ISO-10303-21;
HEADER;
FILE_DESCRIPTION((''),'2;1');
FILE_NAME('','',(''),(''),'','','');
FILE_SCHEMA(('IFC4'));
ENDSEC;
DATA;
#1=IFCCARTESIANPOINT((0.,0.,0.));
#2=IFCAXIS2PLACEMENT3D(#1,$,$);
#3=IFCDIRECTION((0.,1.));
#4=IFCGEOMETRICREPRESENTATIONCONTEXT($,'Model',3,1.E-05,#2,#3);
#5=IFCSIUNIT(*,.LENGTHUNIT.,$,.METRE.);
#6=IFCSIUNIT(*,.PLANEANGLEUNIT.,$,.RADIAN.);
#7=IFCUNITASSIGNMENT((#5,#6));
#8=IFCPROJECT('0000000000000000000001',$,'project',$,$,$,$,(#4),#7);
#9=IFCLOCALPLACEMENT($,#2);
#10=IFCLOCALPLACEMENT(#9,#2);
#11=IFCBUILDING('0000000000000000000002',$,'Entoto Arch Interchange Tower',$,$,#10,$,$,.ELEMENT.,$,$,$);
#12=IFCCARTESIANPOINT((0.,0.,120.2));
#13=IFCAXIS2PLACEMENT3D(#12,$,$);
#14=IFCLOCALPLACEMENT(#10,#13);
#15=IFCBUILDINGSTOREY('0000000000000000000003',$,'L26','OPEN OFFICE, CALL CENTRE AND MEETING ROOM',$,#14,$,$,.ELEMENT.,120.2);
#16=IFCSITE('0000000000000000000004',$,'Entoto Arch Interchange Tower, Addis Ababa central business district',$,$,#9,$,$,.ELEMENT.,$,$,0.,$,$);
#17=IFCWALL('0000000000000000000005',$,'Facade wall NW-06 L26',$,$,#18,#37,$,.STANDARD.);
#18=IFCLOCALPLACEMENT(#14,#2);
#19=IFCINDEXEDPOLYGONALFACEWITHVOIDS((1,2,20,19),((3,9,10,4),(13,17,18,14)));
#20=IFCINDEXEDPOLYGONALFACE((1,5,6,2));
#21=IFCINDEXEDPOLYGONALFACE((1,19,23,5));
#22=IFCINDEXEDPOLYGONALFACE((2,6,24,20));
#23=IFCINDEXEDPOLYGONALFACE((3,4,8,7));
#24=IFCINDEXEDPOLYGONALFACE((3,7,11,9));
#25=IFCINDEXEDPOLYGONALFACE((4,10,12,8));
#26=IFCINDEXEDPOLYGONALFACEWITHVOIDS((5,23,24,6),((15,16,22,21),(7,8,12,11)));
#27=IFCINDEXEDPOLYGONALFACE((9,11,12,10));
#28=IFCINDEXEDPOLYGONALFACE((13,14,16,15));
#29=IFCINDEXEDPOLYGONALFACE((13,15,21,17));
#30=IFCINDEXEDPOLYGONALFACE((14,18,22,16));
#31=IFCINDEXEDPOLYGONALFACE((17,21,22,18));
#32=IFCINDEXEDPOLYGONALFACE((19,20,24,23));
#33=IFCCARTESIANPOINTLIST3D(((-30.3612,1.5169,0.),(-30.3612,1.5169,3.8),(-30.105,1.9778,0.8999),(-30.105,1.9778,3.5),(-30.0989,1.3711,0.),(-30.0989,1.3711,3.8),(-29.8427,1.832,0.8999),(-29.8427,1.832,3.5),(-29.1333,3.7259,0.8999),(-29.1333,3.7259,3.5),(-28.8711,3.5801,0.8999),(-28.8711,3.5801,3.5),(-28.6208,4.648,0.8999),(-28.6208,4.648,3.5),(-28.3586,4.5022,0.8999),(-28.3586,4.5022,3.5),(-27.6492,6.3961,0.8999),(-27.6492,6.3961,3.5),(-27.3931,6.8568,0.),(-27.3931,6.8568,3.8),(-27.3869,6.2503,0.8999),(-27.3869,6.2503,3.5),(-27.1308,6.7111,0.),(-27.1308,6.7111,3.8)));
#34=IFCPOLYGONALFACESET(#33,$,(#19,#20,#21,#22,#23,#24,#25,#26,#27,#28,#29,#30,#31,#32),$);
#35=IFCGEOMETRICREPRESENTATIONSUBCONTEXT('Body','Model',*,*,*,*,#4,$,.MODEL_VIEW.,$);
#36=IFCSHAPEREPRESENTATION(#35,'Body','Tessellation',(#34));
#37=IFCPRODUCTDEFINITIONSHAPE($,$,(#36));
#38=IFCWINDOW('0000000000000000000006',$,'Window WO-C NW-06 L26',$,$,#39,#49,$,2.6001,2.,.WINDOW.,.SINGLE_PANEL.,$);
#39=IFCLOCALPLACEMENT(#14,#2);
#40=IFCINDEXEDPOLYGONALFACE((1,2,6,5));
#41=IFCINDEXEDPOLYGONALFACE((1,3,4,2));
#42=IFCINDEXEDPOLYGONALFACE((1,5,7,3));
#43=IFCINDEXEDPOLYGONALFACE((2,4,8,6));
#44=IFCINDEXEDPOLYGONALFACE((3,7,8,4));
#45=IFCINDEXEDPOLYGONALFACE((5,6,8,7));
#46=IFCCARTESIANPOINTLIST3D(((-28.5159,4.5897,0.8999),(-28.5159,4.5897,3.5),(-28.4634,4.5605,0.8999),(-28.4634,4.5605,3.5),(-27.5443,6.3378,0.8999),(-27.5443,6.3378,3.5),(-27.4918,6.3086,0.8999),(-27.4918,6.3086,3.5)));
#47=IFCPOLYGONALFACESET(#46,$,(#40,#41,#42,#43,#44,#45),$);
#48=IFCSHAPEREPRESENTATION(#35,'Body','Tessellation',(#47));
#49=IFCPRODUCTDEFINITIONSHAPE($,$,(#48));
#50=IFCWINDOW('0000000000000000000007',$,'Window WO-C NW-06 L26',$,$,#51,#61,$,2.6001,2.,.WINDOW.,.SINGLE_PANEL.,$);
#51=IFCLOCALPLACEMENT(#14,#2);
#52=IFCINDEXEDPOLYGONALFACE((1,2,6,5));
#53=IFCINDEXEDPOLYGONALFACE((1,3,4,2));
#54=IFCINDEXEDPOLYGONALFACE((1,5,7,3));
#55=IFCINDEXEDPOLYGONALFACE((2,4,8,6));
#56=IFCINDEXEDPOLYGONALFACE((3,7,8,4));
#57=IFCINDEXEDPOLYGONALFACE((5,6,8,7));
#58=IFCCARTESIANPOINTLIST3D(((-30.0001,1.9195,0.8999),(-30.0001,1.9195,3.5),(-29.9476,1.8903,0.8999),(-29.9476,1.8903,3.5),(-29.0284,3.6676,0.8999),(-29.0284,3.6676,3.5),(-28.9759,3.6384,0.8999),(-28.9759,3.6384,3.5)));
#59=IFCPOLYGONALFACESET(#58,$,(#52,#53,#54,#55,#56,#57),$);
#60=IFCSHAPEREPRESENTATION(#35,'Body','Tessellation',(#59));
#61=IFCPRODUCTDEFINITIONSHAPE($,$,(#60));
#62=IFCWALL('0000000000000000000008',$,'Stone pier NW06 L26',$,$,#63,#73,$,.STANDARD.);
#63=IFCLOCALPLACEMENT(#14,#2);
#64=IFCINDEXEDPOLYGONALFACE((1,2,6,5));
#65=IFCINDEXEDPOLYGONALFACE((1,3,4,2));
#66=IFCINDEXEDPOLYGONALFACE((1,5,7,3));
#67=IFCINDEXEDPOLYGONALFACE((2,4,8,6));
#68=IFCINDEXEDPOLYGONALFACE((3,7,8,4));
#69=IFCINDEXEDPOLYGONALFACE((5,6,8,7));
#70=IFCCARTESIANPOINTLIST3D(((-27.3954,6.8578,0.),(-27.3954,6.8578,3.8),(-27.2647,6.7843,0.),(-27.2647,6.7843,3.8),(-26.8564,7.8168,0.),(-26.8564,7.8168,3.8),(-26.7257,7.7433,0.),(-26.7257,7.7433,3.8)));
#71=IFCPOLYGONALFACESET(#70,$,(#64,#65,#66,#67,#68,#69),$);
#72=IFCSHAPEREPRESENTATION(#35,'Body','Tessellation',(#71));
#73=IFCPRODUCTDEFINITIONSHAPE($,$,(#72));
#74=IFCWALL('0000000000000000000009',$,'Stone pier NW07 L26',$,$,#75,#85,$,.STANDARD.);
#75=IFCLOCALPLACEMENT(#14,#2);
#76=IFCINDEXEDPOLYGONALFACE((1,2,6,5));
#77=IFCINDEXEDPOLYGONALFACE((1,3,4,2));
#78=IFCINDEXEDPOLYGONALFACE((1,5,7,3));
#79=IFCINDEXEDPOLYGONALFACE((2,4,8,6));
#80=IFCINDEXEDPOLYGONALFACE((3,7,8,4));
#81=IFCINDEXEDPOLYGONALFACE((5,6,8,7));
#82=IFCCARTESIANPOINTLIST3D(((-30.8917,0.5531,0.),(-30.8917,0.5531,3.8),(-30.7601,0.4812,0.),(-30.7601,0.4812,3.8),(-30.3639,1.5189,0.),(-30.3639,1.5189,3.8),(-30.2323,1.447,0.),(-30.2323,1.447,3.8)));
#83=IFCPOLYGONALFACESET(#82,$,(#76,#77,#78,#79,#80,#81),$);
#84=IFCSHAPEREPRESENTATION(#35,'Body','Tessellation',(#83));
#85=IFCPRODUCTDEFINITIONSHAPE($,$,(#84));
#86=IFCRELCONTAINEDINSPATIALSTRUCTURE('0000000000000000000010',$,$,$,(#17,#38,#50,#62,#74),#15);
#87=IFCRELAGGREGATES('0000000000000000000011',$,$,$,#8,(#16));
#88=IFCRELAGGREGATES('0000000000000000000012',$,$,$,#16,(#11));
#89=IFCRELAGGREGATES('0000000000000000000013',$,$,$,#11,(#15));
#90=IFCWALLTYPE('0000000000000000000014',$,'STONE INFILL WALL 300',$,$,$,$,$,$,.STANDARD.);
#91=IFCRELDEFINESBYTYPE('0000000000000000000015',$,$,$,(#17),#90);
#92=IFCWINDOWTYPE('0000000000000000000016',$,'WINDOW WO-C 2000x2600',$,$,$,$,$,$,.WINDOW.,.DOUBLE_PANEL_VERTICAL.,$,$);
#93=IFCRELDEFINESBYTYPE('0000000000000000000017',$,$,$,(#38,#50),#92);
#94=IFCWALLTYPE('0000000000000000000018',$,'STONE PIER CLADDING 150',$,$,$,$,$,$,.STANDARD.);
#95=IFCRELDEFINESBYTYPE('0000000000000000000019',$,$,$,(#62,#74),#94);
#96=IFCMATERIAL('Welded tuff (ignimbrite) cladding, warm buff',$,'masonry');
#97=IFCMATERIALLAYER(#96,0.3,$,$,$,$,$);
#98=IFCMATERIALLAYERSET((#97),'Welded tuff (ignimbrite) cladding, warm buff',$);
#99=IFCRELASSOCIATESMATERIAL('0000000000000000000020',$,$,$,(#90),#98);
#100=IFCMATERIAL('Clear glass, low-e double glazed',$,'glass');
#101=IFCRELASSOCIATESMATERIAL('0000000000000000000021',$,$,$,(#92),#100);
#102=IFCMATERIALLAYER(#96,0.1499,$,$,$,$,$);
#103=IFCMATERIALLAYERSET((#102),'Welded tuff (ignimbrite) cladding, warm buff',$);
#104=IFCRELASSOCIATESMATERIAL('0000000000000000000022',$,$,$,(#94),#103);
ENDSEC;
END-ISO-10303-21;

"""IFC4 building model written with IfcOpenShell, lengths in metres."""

from ifc_helpers import new_model, si_unit, direction, frame, frame_2d, origin, place, context, subcontext, project, spatial, rectangle, extrude, material, layer, layer_set, type_object, element, fill, save


model = new_model("IFC4")

# Units and contexts
model_context = context("Model", 3, precision=1e-05, world=origin(), true_north=direction((0.0, 1.0)))
body_context = subcontext(model_context, "Body", "Model", "MODEL_VIEW")
ifc_project = project(units=[si_unit("LENGTHUNIT", "METRE"), si_unit("PLANEANGLEUNIT", "RADIAN")], contexts=[model_context])

# Site, building, storey
site_placement = place(None, origin())
site = spatial("IfcSite", under=ifc_project, at=site_placement, Name="Entoto Arch Interchange Tower, Addis Ababa central business district", CompositionType="ELEMENT", RefElevation=0.0)
building_placement = place(site_placement, origin())
building = spatial("IfcBuilding", under=site, at=building_placement, Name="Entoto Arch Interchange Tower", CompositionType="ELEMENT")
storey_placement = place(building_placement, frame((0.0, 0.0, 120.2)))
storey = spatial("IfcBuildingStorey", under=building, at=storey_placement, Name="L26", Description="OPEN OFFICE, CALL CENTRE AND MEETING ROOM", CompositionType="ELEMENT", Elevation=120.2)

# Wall, openings, windows
ifc_material_1 = material(Name="Welded tuff (ignimbrite) cladding, warm buff", Category="masonry")
ifc_layer_1 = layer(ifc_material_1, 0.3)
ifc_layer_set_1 = layer_set([ifc_layer_1], Name="Welded tuff (ignimbrite) cladding, warm buff")
wall_type_1 = type_object("IfcWallType", Name="STONE INFILL WALL 300", PredefinedType="STANDARD", material=ifc_layer_set_1)
wall_1_placement = place(storey_placement, frame((-27.262, 6.7839, 0.0), z_axis=(0.0, 0.0, 1.0), x_axis=(-0.485823, -0.874057, 0.0)))
wall_1 = element("IfcWall", 1, at=wall_1_placement, inside=storey, type_object=wall_type_1, Name="Facade wall NW-06 L26", PredefinedType="STANDARD", context=body_context, shape_type="SweptSolid", body=[
    extrude(rectangle(XDim=6.1094, YDim=0.3, at=frame_2d((3.0547, 0.0))), origin(), (0.0, 0.0, 1.0), 3.8),
])
opening_1_placement = place(wall_1_placement, frame((0.5271, 0.0, 0.8999)))
opening_1 = element("IfcOpeningElement", 2, at=opening_1_placement, cuts=wall_1, PredefinedType="OPENING", context=body_context, shape_type="SweptSolid", body=[
    extrude(rectangle(XDim=2.0, YDim=2.6001, at=frame_2d((1.0, 1.3))), frame((0.0, 0.1602, 0.0), z_axis=(0.0, -1.0, 0.0), x_axis=(1.0, 0.0, 0.0)), (0.0, 0.0, 1.0), 0.3201),
])
opening_2_placement = place(wall_1_placement, frame((3.582, 0.0, 0.8999)))
opening_2 = element("IfcOpeningElement", 3, at=opening_2_placement, cuts=wall_1, PredefinedType="OPENING", context=body_context, shape_type="SweptSolid", body=[
    extrude(rectangle(XDim=2.0, YDim=2.6001, at=frame_2d((1.0, 1.3))), frame((0.0, 0.1602, 0.0), z_axis=(0.0, -1.0, 0.0), x_axis=(1.0, 0.0, 0.0)), (0.0, 0.0, 1.0), 0.3201),
])
ifc_material_2 = material(Name="Clear glass, low-e double glazed", Category="glass")
window_type = type_object("IfcWindowType", Name="WINDOW WO-C 2000x2600", PartitioningType="DOUBLE_PANEL_VERTICAL", PredefinedType="WINDOW", material=ifc_material_2)
window_1_placement = place(opening_1_placement, origin())
window_1 = element("IfcWindow", 4, at=window_1_placement, inside=storey, type_object=window_type, Name="Window WO-C NW-06 L26", OverallHeight=2.6001, OverallWidth=2.0, PartitioningType="SINGLE_PANEL", PredefinedType="WINDOW", context=body_context, shape_type="SweptSolid", body=[
    extrude(rectangle(XDim=2.0, YDim=2.6001, at=frame_2d((1.0, 1.3))), frame((0.0, 0.03, 0.0), z_axis=(0.0, -1.0, 0.0), x_axis=(1.0, 0.0, 0.0)), (0.0, 0.0, 1.0), 0.0601),
])
fill(opening_1, window_1)
window_2_placement = place(opening_2_placement, origin())
window_2 = element("IfcWindow", 5, at=window_2_placement, inside=storey, type_object=window_type, Name="Window WO-C NW-06 L26", OverallHeight=2.6001, OverallWidth=2.0, PartitioningType="SINGLE_PANEL", PredefinedType="WINDOW", context=body_context, shape_type="SweptSolid", body=[
    extrude(rectangle(XDim=2.0, YDim=2.6001, at=frame_2d((1.0, 1.3))), frame((0.0, 0.03, 0.0), z_axis=(0.0, -1.0, 0.0), x_axis=(1.0, 0.0, 0.0)), (0.0, 0.0, 1.0), 0.0601),
])
fill(opening_2, window_2)

# Walls
ifc_layer_2 = layer(ifc_material_1, 0.1499)
ifc_layer_set_2 = layer_set([ifc_layer_2], Name="Welded tuff (ignimbrite) cladding, warm buff")
wall_type_2 = type_object("IfcWallType", Name="STONE PIER CLADDING 150", PredefinedType="STANDARD", material=ifc_layer_set_2)
wall_2_placement = place(storey_placement, frame((-26.791, 7.78, 0.0), z_axis=(0.0, 0.0, 1.0), x_axis=(-0.490008, -0.871718, 0.0)))
element("IfcWall", 6, at=wall_2_placement, inside=storey, type_object=wall_type_2, Name="Stone pier NW06 L26", PredefinedType="STANDARD", context=body_context, shape_type="SweptSolid", body=[
    extrude(rectangle(XDim=1.1001, YDim=0.1499, at=frame_2d((0.55, 0.0))), origin(), (0.0, 0.0, 1.0), 3.8),
])
wall_3_placement = place(storey_placement, frame((-30.2981, 1.4829, 0.0), z_axis=(0.0, 0.0, 1.0), x_axis=(-0.479567, -0.877505, 0.0)))
element("IfcWall", 7, at=wall_3_placement, inside=storey, type_object=wall_type_2, Name="Stone pier NW07 L26", PredefinedType="STANDARD", context=body_context, shape_type="SweptSolid", body=[
    extrude(rectangle(XDim=1.1006, YDim=0.1499, at=frame_2d((0.5503, 0.0))), origin(), (0.0, 0.0, 1.0), 3.8),
])

save(model, "model.ifc")
